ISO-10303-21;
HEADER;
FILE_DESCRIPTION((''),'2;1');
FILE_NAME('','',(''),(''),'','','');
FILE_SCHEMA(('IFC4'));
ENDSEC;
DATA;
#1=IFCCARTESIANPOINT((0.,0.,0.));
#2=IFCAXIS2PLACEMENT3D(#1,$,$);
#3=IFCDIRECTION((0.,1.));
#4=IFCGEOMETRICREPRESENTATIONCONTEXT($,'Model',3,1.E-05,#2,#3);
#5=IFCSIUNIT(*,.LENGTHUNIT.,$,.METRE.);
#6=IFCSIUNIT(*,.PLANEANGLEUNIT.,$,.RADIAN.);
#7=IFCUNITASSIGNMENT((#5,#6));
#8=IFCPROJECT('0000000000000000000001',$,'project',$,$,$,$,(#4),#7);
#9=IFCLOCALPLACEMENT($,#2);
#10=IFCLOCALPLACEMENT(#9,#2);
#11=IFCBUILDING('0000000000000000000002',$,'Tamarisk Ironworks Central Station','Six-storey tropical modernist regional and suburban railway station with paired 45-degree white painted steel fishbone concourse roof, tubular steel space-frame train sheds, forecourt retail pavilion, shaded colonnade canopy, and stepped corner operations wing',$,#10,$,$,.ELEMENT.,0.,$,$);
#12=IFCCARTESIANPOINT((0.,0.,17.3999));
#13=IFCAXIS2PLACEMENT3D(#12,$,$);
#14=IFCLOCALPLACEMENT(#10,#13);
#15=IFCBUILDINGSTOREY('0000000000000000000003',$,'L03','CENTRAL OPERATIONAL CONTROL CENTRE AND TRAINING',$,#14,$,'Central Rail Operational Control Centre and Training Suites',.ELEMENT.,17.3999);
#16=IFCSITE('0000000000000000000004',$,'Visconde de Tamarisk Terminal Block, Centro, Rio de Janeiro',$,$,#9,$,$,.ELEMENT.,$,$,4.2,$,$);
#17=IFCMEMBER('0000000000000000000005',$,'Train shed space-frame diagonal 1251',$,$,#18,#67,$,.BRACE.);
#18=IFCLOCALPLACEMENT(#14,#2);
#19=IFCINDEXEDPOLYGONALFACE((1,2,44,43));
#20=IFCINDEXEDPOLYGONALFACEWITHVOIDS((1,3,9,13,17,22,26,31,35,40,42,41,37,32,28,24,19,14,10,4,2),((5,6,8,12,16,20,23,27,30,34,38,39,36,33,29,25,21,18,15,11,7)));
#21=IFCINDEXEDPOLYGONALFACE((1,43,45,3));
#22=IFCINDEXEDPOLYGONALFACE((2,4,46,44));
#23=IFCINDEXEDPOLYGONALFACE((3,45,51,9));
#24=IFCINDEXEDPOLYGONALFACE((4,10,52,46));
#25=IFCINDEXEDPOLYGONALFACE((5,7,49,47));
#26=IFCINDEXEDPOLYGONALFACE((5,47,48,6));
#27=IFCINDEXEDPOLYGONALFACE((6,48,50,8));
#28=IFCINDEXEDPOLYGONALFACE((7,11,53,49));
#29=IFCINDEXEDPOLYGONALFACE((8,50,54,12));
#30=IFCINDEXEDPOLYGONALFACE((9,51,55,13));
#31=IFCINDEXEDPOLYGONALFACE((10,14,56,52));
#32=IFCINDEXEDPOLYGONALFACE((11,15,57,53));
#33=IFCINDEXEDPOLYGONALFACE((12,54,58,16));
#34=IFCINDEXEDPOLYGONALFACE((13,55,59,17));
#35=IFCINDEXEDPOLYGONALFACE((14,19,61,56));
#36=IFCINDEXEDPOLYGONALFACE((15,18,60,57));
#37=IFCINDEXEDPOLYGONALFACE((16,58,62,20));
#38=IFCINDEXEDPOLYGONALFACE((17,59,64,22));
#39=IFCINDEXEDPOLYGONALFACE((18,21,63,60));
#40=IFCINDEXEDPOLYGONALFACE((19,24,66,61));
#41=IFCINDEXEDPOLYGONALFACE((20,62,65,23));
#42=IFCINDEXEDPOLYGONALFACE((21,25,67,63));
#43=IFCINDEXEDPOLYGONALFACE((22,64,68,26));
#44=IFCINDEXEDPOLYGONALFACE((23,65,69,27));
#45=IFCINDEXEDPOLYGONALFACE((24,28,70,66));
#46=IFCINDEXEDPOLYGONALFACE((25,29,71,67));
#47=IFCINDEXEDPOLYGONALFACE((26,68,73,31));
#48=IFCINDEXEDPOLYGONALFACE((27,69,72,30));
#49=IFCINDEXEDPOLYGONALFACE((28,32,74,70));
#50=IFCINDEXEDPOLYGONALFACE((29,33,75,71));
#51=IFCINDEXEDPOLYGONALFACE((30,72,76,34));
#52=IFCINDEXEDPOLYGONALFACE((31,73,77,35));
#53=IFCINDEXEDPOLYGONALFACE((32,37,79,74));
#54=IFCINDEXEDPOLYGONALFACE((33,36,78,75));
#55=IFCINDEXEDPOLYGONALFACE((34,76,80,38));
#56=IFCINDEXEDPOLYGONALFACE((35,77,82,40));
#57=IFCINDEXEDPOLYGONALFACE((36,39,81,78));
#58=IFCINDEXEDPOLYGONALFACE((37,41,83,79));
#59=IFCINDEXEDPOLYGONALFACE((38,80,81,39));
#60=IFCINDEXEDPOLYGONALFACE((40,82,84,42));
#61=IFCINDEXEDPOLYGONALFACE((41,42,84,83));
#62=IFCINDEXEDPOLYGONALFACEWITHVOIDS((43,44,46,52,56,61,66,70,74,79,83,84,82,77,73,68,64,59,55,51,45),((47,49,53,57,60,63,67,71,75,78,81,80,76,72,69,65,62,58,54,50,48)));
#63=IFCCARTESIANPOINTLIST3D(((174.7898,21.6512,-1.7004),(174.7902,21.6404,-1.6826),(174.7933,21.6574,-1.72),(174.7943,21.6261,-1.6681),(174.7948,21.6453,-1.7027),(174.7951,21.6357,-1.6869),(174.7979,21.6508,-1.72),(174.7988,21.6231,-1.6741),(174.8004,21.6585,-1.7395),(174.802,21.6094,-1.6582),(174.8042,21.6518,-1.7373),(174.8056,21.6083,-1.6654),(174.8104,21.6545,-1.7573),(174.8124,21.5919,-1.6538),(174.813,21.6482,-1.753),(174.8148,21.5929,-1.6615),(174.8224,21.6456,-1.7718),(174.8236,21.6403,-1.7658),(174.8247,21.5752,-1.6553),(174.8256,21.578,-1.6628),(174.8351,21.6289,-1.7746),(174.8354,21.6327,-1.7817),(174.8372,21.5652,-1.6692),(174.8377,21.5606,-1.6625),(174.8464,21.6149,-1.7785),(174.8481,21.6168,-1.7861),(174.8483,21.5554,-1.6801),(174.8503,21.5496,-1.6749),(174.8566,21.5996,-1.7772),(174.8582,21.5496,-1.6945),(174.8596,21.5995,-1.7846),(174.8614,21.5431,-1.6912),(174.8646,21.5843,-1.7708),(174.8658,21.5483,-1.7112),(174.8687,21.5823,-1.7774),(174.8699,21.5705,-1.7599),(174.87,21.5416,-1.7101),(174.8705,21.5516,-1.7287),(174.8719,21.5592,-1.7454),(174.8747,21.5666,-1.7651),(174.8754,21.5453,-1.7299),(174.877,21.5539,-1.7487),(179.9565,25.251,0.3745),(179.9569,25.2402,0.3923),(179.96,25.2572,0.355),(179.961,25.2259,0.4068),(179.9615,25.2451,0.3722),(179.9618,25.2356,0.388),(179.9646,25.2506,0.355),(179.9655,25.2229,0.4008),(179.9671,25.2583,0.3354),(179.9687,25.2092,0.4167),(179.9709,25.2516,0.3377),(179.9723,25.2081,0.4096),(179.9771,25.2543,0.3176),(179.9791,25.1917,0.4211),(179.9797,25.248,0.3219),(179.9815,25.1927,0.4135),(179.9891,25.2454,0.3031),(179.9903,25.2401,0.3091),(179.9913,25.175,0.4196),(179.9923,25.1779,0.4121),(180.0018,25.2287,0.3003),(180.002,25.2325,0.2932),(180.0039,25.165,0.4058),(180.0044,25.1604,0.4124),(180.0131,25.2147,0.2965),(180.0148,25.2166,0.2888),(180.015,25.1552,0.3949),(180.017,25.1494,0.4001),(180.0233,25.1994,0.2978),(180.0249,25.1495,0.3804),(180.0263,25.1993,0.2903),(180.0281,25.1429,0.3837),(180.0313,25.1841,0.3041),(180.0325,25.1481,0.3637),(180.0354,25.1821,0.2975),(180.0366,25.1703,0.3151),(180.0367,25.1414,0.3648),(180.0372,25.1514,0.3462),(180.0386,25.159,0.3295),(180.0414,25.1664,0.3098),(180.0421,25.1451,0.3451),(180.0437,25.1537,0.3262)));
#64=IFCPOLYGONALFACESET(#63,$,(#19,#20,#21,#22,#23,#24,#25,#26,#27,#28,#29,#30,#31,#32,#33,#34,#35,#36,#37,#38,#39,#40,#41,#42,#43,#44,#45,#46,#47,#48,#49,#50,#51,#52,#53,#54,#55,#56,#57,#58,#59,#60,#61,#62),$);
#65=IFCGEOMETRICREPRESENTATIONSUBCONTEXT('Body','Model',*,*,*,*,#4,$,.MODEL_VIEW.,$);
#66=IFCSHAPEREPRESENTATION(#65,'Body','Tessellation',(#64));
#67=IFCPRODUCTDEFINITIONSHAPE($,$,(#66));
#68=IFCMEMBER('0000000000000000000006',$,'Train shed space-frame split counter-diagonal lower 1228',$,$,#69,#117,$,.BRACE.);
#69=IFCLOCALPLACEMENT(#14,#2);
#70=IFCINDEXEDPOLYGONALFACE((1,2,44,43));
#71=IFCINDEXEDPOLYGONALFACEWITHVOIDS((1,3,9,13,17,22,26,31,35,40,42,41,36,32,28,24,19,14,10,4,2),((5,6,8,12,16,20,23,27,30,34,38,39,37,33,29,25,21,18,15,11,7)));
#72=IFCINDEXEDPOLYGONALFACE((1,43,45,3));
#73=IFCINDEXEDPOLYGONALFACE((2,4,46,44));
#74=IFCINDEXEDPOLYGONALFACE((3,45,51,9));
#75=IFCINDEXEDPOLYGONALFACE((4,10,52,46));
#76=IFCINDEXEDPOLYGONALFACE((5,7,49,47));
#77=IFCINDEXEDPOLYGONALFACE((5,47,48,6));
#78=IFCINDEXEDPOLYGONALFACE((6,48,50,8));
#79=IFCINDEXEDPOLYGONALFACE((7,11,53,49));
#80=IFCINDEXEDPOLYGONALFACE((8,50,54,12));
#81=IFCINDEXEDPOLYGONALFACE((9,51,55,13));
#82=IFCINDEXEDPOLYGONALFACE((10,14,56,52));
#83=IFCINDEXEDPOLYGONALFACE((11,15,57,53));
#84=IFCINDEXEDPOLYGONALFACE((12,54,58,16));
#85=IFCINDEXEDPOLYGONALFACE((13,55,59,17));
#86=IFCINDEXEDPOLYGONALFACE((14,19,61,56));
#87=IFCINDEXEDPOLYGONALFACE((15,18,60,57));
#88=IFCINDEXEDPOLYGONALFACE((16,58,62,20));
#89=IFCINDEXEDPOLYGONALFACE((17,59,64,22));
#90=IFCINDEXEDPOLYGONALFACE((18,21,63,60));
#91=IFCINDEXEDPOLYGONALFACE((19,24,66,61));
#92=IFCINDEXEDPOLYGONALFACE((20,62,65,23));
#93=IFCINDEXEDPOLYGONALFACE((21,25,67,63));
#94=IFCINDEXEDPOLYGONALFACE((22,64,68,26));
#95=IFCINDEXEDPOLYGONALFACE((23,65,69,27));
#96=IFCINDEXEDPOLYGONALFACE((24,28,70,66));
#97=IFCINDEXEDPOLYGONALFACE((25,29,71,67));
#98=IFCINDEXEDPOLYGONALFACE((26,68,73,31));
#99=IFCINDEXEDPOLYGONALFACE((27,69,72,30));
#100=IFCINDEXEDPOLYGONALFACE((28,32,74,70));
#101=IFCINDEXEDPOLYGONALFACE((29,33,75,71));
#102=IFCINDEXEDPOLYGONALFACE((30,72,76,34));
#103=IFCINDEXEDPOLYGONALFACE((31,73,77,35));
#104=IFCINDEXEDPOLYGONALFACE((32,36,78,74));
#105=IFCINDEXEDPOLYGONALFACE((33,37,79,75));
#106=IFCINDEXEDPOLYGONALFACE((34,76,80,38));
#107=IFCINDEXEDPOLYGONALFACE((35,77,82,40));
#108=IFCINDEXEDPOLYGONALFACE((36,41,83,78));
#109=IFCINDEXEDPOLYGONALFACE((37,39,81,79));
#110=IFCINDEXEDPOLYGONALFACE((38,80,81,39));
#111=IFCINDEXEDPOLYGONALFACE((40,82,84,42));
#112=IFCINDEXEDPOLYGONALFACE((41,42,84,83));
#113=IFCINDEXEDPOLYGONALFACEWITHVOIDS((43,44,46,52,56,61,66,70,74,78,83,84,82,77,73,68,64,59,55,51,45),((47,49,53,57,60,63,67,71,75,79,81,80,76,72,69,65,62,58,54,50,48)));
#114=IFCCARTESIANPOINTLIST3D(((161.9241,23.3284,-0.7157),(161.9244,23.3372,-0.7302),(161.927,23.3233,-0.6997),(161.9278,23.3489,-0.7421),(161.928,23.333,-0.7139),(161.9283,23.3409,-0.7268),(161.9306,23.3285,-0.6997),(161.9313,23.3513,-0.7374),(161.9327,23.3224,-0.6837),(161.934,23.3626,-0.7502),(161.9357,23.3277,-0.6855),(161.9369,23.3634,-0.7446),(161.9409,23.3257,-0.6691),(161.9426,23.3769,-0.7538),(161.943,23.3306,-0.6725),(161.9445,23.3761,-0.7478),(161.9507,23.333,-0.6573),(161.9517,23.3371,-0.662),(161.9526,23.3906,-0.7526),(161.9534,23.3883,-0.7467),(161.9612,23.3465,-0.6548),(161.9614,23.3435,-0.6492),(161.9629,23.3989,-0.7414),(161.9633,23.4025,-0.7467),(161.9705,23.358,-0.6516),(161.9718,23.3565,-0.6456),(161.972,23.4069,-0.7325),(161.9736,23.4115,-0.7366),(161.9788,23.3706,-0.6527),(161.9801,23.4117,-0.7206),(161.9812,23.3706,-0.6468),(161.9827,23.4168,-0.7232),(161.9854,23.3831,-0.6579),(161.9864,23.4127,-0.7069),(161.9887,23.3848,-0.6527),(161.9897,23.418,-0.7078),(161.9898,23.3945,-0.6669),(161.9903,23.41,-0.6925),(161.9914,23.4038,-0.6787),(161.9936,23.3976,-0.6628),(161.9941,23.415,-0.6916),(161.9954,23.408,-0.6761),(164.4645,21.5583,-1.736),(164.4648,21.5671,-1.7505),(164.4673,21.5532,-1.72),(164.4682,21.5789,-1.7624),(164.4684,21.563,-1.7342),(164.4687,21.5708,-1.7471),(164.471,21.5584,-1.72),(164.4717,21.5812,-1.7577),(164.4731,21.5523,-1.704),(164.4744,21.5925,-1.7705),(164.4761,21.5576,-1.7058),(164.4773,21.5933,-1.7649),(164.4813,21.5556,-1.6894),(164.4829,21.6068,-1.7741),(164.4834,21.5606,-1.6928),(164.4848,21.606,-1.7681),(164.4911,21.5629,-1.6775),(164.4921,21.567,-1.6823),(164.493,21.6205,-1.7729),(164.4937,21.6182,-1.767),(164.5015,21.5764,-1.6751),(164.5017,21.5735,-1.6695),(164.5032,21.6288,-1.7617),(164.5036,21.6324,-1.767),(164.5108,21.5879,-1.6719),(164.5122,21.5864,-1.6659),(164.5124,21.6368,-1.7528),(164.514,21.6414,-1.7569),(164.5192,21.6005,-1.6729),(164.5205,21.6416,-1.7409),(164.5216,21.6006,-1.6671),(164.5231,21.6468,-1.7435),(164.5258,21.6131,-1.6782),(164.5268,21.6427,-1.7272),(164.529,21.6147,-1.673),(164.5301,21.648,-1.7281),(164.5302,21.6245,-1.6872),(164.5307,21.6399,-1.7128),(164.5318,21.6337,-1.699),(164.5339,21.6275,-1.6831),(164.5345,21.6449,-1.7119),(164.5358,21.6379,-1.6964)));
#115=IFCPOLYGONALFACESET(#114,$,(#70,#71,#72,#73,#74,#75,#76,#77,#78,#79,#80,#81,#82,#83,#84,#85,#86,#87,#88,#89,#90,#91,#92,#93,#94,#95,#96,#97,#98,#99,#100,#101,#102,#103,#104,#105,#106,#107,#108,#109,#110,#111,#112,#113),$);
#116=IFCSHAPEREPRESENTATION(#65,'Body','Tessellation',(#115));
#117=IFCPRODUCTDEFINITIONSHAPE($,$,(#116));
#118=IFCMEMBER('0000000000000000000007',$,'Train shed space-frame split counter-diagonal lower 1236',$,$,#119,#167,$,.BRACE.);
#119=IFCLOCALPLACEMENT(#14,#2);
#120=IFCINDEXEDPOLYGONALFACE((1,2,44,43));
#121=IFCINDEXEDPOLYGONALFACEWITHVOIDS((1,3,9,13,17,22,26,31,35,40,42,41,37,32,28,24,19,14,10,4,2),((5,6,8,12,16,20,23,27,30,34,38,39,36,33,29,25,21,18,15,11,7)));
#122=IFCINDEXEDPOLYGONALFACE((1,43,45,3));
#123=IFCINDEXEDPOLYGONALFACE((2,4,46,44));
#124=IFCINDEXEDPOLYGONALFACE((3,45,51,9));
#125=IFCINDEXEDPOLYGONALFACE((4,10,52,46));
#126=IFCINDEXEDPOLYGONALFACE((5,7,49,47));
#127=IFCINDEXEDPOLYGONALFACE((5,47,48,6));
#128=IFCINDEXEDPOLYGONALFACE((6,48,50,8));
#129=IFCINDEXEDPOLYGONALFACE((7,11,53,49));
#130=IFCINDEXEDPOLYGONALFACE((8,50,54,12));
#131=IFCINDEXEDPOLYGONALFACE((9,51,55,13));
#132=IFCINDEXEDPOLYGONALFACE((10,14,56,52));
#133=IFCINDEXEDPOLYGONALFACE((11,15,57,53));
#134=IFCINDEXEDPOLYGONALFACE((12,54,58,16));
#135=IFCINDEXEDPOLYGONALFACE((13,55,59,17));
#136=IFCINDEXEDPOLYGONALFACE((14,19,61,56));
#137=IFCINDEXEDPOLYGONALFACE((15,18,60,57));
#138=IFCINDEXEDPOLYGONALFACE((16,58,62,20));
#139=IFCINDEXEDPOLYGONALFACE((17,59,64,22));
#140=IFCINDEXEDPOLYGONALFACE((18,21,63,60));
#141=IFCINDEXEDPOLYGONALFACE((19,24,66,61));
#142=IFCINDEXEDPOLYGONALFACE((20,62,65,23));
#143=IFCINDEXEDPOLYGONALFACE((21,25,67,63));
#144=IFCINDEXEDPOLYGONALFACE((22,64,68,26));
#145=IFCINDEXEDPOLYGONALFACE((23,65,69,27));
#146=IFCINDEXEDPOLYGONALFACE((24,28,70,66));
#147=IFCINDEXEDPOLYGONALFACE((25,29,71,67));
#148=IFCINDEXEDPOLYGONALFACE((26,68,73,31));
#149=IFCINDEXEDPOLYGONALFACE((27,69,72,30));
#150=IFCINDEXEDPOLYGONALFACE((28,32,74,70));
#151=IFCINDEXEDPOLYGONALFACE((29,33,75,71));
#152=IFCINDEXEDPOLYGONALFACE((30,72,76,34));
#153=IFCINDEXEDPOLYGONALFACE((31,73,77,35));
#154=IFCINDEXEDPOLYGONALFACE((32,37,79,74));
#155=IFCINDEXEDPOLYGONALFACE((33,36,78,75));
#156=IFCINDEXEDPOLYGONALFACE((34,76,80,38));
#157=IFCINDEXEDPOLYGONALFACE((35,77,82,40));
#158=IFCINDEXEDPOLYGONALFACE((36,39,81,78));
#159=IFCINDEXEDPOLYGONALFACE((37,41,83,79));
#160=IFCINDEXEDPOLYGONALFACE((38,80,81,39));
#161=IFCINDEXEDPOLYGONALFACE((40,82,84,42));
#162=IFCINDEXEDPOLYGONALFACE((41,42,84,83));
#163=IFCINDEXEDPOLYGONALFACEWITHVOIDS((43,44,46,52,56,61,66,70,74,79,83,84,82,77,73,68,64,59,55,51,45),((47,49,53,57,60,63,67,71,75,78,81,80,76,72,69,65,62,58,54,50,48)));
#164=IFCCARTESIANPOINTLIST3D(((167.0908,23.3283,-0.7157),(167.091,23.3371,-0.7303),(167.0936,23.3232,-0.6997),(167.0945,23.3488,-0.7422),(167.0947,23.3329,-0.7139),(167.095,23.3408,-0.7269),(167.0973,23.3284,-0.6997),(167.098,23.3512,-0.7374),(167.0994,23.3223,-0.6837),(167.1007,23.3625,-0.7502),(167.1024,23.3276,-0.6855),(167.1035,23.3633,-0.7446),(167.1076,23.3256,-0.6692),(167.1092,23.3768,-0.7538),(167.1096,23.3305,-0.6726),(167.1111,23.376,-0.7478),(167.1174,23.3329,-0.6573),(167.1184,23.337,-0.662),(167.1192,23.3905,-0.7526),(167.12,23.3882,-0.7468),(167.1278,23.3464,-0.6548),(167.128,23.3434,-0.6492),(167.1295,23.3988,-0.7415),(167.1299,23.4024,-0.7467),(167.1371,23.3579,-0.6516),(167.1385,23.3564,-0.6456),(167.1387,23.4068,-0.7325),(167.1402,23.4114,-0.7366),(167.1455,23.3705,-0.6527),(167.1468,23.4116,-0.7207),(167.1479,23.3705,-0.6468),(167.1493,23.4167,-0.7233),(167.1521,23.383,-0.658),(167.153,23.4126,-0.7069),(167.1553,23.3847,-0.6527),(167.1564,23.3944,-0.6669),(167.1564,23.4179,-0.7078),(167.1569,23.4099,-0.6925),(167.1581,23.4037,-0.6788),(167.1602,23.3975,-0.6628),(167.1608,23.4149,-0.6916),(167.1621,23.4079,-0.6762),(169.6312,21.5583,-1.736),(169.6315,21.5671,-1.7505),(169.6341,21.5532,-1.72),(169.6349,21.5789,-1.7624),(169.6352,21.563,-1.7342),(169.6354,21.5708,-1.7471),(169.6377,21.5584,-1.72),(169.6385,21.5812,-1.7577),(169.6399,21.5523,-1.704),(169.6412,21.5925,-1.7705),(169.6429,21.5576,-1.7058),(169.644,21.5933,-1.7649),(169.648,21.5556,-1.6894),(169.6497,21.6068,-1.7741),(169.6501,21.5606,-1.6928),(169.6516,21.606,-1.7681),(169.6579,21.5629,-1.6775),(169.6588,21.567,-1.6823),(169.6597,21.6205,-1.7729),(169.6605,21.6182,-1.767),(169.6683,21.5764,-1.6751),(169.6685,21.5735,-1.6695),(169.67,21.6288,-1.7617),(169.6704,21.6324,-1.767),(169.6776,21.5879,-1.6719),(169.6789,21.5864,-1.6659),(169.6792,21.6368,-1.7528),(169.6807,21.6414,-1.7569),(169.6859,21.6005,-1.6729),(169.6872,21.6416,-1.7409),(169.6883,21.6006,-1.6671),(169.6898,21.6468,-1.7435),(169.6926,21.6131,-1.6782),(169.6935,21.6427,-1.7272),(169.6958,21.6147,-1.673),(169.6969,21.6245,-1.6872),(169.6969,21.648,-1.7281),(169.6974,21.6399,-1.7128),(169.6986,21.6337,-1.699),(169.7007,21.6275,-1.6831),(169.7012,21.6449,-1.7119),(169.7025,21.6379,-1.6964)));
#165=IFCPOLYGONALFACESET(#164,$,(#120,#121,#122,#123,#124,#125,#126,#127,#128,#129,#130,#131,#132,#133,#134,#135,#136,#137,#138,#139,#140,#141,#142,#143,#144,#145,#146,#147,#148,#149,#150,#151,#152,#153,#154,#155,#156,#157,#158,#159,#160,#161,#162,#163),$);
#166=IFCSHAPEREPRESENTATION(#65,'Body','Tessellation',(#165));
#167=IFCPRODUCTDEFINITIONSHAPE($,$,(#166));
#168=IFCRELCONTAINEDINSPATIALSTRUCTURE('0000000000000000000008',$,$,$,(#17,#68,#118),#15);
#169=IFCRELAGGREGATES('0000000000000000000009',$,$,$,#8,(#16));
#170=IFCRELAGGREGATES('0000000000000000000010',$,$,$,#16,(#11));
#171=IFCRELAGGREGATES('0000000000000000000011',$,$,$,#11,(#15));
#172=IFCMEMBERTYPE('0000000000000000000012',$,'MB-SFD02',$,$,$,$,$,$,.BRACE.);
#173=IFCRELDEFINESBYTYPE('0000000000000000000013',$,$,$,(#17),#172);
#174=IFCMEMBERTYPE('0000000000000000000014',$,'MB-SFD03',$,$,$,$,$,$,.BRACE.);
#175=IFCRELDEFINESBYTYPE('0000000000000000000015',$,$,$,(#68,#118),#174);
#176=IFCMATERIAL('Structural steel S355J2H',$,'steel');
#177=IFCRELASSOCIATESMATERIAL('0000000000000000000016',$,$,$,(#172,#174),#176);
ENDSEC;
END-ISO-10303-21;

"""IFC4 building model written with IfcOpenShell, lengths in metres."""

from ifc_helpers import new_model, si_unit, direction, frame, origin, origin_2d, place, context, subcontext, project, spatial, hollow_circle, extrude, material, material_profile, profile_set, type_object, element, save


model = new_model("IFC4")

# Units and contexts
model_context = context("Model", 3, precision=1e-05, world=origin(), true_north=direction((0.0, 1.0)))
body_context = subcontext(model_context, "Body", "Model", "MODEL_VIEW")
ifc_project = project(units=[si_unit("LENGTHUNIT", "METRE"), si_unit("PLANEANGLEUNIT", "RADIAN")], contexts=[model_context])

# Site, building, storey
site_placement = place(None, origin())
site = spatial("IfcSite", under=ifc_project, at=site_placement, Name="Visconde de Tamarisk Terminal Block, Centro, Rio de Janeiro", CompositionType="ELEMENT", RefElevation=4.2)
building_placement = place(site_placement, origin())
building = spatial("IfcBuilding", under=site, at=building_placement, Name="Tamarisk Ironworks Central Station", Description="Six-storey tropical modernist regional and suburban railway station with paired 45-degree white painted steel fishbone concourse roof, tubular steel space-frame train sheds, forecourt retail pavilion, shaded colonnade canopy, and stepped corner operations wing", CompositionType="ELEMENT", ElevationOfRefHeight=0.0)
storey_placement = place(building_placement, frame((0.0, 0.0, 17.3999)))
storey = spatial("IfcBuildingStorey", under=building, at=storey_placement, Name="L03", Description="CENTRAL OPERATIONAL CONTROL CENTRE AND TRAINING", LongName="Central Rail Operational Control Centre and Training Suites", CompositionType="ELEMENT", Elevation=17.3999)

# Members
ifc_material_1 = material(Name="Structural steel S355J2H", Category="steel")
ifc_material_profile_1 = material_profile(ifc_material_1, hollow_circle(Radius=0.0698, WallThickness=0.0081, at=origin_2d()), Name="CHS 139.7x8")
ifc_profile_set_1 = profile_set([ifc_material_profile_1], Name="Structural steel S355J2H")
member_type_1 = type_object("IfcMemberType", Name="MB-SFD02", PredefinedType="BRACE", material=ifc_profile_set_1)
for number, where, z_axis, x_axis, name in (
    (1, (174.8333, 21.6001, -1.72), (0.779274, 0.542947, 0.312954), (-0.571663, 0.820489, 0.0), "Train shed space-frame diagonal 1251"),
):
    element("IfcMember", number, at=place(storey_placement, frame(where, z_axis=z_axis, x_axis=x_axis)), inside=storey, type_object=member_type_1, Name=name, PredefinedType="BRACE", context=body_context, shape_type="SweptSolid", body=[
        extrude(hollow_circle(Radius=0.0698, WallThickness=0.0081, at=origin_2d()), origin(), (0.0, 0.0, 1.0), 6.6301),
    ])
ifc_material_profile_2 = material_profile(ifc_material_1, hollow_circle(Radius=0.0571, WallThickness=0.0063, at=origin_2d()), Name="CHS 114.3x6.3")
ifc_profile_set_2 = profile_set([ifc_material_profile_2], Name="Structural steel S355J2H")
member_type_2 = type_object("IfcMemberType", Name="MB-SFD03", PredefinedType="BRACE", material=ifc_profile_set_2)
for number, where, z_axis, x_axis, name in (
    (2, (164.5, 21.6001, -1.72), (-0.779252, 0.542967, 0.312974), (-0.571688, -0.820471, 0.0), "Train shed space-frame split counter-diagonal lower 1228"),
    (3, (169.6667, 21.6001, -1.72), (-0.779281, 0.542936, 0.312956), (-0.571651, -0.820497, 0.0), "Train shed space-frame split counter-diagonal lower 1236"),
):
    element("IfcMember", number, at=place(storey_placement, frame(where, z_axis=z_axis, x_axis=x_axis)), inside=storey, type_object=member_type_2, Name=name, PredefinedType="BRACE", context=body_context, shape_type="SweptSolid", body=[
        extrude(hollow_circle(Radius=0.0571, WallThickness=0.0063, at=origin_2d()), origin(), (0.0, 0.0, 1.0), 3.26),
    ])

save(model, "model.ifc")
